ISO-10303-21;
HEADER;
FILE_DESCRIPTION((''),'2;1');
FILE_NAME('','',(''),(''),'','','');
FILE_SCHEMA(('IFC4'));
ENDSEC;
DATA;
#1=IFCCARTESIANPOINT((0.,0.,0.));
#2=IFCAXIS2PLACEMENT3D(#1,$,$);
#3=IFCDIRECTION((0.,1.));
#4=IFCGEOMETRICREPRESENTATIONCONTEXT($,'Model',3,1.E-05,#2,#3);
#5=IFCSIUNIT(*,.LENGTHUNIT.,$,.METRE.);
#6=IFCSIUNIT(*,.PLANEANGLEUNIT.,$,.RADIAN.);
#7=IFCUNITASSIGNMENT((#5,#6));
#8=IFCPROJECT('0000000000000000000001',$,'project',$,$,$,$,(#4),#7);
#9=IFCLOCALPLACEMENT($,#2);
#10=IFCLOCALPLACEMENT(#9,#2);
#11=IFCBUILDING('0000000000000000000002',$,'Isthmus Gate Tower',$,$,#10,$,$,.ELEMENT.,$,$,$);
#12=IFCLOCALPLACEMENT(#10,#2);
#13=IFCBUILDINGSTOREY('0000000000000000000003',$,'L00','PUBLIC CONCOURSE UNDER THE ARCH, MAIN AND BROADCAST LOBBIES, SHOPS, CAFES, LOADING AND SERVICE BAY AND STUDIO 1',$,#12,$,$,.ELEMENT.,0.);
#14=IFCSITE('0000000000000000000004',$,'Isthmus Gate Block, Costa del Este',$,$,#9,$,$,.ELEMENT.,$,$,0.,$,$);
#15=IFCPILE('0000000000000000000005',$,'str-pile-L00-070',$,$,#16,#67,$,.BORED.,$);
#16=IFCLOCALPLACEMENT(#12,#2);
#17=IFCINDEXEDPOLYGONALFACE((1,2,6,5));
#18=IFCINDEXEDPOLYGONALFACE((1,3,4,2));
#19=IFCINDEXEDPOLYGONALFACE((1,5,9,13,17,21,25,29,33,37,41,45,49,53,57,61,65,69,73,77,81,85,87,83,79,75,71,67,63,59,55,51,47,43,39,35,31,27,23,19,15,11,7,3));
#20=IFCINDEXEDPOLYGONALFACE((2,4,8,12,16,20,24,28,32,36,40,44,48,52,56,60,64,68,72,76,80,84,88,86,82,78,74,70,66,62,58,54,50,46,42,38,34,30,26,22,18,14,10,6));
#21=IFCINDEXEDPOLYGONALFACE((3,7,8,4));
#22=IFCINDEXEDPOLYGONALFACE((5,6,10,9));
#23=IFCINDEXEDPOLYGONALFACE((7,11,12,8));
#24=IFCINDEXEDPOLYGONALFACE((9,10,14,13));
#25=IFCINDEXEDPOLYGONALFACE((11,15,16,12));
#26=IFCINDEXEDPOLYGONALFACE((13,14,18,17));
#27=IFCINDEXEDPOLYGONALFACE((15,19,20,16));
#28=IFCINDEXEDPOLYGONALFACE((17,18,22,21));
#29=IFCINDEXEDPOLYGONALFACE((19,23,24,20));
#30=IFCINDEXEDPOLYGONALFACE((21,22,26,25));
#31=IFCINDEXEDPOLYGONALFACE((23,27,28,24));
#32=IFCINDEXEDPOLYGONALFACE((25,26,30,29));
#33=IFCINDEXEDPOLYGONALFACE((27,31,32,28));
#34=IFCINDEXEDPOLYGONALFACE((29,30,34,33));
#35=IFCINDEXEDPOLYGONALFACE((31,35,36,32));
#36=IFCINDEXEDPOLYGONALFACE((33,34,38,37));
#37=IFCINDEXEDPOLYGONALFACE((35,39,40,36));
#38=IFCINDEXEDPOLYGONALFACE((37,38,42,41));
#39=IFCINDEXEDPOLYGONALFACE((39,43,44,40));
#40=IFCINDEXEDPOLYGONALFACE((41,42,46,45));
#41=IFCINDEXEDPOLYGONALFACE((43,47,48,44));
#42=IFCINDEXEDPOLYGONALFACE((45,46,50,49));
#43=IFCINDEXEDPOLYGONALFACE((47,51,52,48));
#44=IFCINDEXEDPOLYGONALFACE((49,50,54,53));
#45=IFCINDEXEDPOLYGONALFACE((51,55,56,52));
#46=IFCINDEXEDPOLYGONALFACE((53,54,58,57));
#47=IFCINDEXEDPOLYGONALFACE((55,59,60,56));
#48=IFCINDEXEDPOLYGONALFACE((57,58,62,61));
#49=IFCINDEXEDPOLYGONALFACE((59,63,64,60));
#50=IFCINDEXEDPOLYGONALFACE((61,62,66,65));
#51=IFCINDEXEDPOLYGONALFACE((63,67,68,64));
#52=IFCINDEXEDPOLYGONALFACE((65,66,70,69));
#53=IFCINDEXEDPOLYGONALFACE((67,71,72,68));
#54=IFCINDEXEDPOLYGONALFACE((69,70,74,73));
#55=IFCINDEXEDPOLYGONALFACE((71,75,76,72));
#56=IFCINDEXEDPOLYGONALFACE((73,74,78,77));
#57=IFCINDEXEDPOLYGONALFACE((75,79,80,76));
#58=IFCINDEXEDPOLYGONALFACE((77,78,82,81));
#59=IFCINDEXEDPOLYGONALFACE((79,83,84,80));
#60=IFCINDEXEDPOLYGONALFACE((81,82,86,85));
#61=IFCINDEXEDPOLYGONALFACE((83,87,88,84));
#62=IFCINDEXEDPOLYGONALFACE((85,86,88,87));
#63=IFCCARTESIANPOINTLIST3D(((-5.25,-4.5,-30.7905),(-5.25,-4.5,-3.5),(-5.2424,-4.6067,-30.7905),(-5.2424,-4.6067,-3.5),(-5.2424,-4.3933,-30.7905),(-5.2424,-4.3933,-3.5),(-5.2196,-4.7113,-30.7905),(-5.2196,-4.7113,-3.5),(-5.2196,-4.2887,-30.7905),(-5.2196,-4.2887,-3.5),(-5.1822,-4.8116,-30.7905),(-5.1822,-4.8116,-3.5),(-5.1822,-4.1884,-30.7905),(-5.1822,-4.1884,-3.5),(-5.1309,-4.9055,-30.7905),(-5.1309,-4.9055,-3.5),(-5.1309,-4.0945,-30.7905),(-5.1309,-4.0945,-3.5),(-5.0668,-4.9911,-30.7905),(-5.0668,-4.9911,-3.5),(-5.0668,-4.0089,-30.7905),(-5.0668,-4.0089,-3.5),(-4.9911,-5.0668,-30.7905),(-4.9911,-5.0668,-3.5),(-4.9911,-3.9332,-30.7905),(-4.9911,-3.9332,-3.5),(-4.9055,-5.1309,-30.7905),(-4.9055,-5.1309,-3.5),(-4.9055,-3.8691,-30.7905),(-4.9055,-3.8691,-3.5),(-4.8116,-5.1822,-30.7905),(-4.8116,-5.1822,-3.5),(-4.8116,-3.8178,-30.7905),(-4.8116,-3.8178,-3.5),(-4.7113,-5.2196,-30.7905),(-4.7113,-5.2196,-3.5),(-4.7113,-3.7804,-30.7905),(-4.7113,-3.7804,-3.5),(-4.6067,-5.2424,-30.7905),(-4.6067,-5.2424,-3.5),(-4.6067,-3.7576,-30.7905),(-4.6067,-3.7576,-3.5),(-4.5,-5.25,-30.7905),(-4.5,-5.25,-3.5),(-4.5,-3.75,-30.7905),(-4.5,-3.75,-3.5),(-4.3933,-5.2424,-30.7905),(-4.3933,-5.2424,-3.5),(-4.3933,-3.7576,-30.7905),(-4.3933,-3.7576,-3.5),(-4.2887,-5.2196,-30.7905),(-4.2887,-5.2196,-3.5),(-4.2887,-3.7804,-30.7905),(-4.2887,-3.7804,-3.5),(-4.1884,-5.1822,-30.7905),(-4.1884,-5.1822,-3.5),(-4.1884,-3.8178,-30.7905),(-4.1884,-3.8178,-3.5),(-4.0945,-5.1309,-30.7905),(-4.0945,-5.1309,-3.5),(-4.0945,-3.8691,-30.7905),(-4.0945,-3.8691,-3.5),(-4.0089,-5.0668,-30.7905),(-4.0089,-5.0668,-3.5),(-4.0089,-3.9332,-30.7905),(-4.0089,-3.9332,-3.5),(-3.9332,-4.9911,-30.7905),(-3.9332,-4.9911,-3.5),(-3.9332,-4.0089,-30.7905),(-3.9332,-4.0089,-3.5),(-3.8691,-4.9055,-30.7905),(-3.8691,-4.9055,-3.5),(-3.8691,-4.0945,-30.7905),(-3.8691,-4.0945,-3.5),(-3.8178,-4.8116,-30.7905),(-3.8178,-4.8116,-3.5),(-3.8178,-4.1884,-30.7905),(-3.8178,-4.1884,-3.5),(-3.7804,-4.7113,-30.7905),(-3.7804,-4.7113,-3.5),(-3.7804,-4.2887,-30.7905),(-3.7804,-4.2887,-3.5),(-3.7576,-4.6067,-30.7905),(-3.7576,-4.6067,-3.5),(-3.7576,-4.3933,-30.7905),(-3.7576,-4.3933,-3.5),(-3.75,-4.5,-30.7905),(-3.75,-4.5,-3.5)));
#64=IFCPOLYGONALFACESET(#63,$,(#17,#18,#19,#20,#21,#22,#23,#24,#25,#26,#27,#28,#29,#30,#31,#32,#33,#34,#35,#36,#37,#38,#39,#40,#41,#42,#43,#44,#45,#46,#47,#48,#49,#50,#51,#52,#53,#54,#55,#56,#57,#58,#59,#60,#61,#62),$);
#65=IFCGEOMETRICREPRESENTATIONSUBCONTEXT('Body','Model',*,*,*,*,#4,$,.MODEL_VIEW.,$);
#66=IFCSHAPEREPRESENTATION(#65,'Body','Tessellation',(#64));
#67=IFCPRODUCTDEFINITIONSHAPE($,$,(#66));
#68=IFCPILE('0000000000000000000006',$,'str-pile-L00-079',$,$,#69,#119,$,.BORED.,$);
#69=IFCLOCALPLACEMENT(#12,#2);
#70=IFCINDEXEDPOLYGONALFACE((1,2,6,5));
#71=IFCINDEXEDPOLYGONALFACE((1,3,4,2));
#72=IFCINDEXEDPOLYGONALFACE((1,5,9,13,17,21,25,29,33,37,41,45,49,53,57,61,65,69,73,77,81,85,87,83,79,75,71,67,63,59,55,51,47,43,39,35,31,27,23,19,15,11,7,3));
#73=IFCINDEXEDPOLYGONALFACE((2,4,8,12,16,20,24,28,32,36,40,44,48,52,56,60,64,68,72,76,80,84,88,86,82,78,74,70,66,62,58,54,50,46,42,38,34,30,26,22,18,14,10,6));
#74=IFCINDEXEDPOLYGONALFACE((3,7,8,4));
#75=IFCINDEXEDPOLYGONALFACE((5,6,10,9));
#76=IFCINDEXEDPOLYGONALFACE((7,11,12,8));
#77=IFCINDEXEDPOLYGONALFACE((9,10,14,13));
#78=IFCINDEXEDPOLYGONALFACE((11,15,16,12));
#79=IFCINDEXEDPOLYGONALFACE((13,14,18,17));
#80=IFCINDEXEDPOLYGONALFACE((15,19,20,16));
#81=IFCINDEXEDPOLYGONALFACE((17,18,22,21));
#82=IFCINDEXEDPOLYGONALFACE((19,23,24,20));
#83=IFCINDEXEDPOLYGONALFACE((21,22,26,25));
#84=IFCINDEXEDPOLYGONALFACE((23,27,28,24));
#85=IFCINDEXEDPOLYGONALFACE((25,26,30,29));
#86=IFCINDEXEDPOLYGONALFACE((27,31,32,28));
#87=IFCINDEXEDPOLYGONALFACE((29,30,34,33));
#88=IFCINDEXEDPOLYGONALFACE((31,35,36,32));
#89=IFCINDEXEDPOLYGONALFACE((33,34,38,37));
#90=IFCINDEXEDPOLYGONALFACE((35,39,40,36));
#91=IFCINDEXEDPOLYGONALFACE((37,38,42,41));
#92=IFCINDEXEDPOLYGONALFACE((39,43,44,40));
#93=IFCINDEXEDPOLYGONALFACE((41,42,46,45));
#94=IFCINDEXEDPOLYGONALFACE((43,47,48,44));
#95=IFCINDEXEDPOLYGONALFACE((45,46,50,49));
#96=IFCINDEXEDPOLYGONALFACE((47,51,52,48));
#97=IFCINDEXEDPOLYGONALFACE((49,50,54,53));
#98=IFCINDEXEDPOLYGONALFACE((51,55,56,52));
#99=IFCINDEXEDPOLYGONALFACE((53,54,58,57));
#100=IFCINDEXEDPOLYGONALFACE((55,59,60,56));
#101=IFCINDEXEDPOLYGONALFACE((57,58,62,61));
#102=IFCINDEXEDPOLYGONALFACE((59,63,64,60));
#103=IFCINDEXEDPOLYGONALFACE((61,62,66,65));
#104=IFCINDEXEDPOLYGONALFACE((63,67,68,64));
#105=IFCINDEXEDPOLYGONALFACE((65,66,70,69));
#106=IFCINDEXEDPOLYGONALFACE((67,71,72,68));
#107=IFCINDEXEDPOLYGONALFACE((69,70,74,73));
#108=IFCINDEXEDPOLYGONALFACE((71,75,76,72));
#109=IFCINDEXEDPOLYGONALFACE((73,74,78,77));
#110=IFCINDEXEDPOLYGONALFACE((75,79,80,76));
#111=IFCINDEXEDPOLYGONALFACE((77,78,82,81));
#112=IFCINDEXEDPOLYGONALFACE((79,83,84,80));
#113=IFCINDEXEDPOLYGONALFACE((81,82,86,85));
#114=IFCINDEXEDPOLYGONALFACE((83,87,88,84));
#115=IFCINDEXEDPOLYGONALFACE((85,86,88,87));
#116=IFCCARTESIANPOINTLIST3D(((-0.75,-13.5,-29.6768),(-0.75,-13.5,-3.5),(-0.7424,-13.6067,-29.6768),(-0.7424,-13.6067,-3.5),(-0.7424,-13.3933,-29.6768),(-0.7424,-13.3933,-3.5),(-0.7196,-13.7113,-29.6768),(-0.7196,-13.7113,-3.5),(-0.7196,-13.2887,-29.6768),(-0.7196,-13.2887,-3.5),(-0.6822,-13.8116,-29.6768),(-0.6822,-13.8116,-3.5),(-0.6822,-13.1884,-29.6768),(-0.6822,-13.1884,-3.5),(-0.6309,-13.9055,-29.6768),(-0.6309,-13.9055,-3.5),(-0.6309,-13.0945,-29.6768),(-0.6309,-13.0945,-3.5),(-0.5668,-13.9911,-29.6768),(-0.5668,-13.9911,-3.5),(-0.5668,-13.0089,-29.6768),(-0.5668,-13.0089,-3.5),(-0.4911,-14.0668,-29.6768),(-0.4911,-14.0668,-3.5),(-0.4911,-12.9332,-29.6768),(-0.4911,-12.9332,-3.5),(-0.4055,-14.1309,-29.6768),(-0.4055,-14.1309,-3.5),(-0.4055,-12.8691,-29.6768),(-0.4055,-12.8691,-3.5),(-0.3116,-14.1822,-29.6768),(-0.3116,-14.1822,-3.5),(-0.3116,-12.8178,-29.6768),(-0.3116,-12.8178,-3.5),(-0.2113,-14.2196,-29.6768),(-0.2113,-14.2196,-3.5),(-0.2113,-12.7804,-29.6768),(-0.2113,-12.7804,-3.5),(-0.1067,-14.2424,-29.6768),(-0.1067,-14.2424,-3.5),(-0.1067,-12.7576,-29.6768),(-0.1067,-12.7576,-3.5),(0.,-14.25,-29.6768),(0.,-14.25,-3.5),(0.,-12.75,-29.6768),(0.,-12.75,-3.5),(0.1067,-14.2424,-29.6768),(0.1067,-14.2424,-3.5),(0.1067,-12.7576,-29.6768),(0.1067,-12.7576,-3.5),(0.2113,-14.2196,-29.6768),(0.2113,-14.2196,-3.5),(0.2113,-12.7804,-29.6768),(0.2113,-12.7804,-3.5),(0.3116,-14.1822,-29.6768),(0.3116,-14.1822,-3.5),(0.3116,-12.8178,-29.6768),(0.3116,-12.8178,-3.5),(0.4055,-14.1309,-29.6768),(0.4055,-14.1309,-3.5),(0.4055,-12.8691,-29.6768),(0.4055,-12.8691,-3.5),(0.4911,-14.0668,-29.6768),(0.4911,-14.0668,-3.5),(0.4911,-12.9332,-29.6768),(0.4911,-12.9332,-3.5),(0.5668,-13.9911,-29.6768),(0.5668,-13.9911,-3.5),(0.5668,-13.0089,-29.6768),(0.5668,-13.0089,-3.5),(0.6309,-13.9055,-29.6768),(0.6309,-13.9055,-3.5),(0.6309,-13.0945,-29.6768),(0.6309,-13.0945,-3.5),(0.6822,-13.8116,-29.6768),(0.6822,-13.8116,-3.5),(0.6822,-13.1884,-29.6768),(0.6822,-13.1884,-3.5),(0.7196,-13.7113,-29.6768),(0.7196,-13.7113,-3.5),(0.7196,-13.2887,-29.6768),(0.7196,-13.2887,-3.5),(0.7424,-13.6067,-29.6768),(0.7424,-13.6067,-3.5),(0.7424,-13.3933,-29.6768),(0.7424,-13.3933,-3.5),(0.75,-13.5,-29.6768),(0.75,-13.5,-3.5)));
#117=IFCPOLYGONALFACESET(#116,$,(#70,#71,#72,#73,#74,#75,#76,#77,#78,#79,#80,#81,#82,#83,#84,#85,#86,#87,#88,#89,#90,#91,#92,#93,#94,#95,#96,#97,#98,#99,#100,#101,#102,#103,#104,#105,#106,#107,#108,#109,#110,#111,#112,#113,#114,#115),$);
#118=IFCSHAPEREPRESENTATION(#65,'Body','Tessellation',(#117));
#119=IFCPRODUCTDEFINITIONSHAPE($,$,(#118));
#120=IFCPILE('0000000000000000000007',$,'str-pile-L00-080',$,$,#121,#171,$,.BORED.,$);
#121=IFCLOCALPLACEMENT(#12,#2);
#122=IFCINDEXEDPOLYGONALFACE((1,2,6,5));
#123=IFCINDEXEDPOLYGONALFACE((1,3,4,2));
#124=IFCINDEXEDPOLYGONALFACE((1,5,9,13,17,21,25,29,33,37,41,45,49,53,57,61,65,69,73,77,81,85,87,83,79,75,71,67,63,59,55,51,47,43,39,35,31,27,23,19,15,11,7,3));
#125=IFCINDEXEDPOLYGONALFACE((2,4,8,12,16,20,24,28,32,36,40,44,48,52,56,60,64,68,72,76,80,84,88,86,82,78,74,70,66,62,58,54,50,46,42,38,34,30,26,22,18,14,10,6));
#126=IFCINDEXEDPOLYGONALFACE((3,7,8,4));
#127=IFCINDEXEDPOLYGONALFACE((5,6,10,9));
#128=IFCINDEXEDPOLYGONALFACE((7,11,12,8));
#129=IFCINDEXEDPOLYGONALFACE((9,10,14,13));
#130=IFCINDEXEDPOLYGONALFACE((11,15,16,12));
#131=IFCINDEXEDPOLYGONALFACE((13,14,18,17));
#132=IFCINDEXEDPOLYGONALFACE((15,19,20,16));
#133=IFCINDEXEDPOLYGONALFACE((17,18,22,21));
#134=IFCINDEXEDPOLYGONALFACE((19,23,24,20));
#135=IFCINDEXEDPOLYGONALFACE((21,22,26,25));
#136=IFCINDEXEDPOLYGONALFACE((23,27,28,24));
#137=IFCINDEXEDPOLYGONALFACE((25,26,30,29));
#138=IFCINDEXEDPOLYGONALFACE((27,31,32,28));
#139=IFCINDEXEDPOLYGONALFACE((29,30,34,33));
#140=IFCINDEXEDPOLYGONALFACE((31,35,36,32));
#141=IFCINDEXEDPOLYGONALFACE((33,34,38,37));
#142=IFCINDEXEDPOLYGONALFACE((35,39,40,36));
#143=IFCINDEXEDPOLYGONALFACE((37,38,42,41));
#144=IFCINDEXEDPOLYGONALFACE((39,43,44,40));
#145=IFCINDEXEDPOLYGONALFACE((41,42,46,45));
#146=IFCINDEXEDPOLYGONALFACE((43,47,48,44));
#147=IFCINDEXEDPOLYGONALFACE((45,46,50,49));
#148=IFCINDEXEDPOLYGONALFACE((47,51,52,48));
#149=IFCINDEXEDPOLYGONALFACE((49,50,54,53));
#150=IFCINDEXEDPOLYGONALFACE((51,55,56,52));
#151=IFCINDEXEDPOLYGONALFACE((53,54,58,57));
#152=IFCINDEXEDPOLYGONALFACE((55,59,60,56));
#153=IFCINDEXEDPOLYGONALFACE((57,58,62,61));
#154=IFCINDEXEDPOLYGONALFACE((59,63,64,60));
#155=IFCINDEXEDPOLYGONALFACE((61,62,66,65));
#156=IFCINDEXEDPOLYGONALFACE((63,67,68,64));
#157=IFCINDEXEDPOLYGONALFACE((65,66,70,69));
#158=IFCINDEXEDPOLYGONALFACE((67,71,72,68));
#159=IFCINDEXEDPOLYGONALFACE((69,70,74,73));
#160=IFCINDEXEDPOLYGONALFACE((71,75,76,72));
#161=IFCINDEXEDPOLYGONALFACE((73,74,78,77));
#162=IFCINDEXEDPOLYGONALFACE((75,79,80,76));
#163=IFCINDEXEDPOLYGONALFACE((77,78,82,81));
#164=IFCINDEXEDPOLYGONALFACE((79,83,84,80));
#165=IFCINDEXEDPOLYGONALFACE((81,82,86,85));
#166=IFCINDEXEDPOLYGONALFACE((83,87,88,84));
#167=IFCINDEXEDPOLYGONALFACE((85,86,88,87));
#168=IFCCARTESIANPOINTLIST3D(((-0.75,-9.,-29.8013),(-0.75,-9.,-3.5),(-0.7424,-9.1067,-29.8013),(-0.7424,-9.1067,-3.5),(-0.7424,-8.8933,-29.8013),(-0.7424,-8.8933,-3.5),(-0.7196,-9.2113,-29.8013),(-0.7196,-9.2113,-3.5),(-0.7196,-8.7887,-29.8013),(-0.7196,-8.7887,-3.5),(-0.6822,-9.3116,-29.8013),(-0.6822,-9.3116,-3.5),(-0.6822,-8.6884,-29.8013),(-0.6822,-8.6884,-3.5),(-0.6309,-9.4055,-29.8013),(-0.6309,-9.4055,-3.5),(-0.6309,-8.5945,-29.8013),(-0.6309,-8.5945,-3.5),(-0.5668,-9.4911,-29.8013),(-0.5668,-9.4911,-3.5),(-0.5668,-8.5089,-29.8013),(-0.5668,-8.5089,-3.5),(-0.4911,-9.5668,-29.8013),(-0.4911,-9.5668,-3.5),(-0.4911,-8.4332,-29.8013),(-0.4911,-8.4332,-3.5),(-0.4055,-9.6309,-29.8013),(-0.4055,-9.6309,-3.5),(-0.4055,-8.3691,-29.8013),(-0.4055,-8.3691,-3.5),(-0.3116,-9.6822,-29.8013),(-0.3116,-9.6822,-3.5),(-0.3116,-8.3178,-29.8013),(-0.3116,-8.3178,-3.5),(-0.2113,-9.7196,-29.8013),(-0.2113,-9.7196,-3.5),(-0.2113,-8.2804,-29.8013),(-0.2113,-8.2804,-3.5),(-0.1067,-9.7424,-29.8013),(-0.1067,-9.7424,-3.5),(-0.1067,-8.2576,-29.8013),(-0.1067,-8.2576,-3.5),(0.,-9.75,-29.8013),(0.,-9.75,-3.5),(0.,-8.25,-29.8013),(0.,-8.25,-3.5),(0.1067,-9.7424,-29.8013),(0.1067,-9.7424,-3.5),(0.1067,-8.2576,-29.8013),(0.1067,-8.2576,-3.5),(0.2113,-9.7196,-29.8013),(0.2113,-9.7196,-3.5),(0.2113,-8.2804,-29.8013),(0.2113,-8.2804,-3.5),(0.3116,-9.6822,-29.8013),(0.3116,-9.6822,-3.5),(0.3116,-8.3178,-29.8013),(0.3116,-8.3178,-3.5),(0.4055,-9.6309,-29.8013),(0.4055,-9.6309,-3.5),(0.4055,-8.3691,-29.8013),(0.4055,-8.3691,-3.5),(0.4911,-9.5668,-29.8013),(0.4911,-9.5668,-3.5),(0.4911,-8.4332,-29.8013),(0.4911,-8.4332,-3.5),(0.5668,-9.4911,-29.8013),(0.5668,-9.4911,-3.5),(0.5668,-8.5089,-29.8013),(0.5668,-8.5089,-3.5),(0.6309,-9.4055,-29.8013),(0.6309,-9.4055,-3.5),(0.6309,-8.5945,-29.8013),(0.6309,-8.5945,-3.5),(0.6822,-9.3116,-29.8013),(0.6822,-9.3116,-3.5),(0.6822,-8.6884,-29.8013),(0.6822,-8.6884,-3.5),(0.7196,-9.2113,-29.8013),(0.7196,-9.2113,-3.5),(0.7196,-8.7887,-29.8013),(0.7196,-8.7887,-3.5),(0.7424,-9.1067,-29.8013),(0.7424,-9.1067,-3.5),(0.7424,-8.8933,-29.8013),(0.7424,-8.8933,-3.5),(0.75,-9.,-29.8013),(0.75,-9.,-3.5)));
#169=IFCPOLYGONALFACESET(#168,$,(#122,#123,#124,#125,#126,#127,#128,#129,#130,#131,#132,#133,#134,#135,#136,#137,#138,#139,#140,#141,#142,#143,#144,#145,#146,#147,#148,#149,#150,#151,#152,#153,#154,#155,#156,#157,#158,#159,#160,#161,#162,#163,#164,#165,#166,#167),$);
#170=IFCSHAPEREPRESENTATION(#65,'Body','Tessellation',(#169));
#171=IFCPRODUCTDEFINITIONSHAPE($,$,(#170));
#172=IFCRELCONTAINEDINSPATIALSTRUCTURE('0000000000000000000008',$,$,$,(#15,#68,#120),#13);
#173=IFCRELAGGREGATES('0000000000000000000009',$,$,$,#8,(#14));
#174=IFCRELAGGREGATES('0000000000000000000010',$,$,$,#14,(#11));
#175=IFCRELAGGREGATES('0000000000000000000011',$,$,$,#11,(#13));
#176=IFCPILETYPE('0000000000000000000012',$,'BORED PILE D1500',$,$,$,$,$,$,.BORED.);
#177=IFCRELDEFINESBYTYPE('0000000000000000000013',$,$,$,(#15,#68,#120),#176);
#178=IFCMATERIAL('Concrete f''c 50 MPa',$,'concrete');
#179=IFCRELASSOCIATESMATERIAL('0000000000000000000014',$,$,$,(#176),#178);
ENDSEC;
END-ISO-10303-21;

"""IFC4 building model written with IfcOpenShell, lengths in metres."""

from ifc_helpers import new_model, si_unit, direction, frame, origin, origin_2d, place, context, subcontext, project, spatial, circle, extrude, material, material_profile, profile_set, type_object, element, save


model = new_model("IFC4")

# Units and contexts
model_context = context("Model", 3, precision=1e-05, world=origin(), true_north=direction((0.0, 1.0)))
body_context = subcontext(model_context, "Body", "Model", "MODEL_VIEW")
ifc_project = project(units=[si_unit("LENGTHUNIT", "METRE"), si_unit("PLANEANGLEUNIT", "RADIAN")], contexts=[model_context])

# Site, building, storey
site_placement = place(None, origin())
site = spatial("IfcSite", under=ifc_project, at=site_placement, Name="Isthmus Gate Block, Costa del Este", CompositionType="ELEMENT", RefElevation=0.0)
building_placement = place(site_placement, origin())
building = spatial("IfcBuilding", under=site, at=building_placement, Name="Isthmus Gate Tower", CompositionType="ELEMENT")
storey_placement = place(building_placement, origin())
storey = spatial("IfcBuildingStorey", under=building, at=storey_placement, Name="L00", Description="PUBLIC CONCOURSE UNDER THE ARCH, MAIN AND BROADCAST LOBBIES, SHOPS, CAFES, LOADING AND SERVICE BAY AND STUDIO 1", CompositionType="ELEMENT", Elevation=0.0)

# Piles
ifc_material_1 = material(Name="Concrete f'c 50 MPa", Category="concrete")
ifc_material_profile = material_profile(ifc_material_1, circle(Radius=0.75, at=origin_2d()), Name="D1500")
ifc_profile_set = profile_set([ifc_material_profile], Name="Concrete f'c 50 MPa")
pile_type = type_object("IfcPileType", Name="BORED PILE D1500", PredefinedType="BORED", material=ifc_profile_set)
pile_1_placement = place(storey_placement, frame((-4.5, -4.5, -3.5), z_axis=(0.0, 0.0, -1.0), x_axis=(1.0, 0.0, 0.0)))
element("IfcPile", 1, at=pile_1_placement, inside=storey, type_object=pile_type, Name="str-pile-L00-070", PredefinedType="BORED", context=body_context, shape_type="SweptSolid", body=[
    extrude(circle(Radius=0.75, at=origin_2d()), origin(), (0.0, 0.0, 1.0), 27.2905),
])
pile_2_placement = place(storey_placement, frame((0.0, -13.5, -3.5), z_axis=(0.0, 0.0, -1.0), x_axis=(1.0, 0.0, 0.0)))
element("IfcPile", 2, at=pile_2_placement, inside=storey, type_object=pile_type, Name="str-pile-L00-079", PredefinedType="BORED", context=body_context, shape_type="SweptSolid", body=[
    extrude(circle(Radius=0.75, at=origin_2d()), origin(), (0.0, 0.0, 1.0), 26.1768),
])
pile_3_placement = place(storey_placement, frame((0.0, -9.0, -3.5), z_axis=(0.0, 0.0, -1.0), x_axis=(1.0, 0.0, 0.0)))
element("IfcPile", 3, at=pile_3_placement, inside=storey, type_object=pile_type, Name="str-pile-L00-080", PredefinedType="BORED", context=body_context, shape_type="SweptSolid", body=[
    extrude(circle(Radius=0.75, at=origin_2d()), origin(), (0.0, 0.0, 1.0), 26.3013),
])

save(model, "model.ifc")
